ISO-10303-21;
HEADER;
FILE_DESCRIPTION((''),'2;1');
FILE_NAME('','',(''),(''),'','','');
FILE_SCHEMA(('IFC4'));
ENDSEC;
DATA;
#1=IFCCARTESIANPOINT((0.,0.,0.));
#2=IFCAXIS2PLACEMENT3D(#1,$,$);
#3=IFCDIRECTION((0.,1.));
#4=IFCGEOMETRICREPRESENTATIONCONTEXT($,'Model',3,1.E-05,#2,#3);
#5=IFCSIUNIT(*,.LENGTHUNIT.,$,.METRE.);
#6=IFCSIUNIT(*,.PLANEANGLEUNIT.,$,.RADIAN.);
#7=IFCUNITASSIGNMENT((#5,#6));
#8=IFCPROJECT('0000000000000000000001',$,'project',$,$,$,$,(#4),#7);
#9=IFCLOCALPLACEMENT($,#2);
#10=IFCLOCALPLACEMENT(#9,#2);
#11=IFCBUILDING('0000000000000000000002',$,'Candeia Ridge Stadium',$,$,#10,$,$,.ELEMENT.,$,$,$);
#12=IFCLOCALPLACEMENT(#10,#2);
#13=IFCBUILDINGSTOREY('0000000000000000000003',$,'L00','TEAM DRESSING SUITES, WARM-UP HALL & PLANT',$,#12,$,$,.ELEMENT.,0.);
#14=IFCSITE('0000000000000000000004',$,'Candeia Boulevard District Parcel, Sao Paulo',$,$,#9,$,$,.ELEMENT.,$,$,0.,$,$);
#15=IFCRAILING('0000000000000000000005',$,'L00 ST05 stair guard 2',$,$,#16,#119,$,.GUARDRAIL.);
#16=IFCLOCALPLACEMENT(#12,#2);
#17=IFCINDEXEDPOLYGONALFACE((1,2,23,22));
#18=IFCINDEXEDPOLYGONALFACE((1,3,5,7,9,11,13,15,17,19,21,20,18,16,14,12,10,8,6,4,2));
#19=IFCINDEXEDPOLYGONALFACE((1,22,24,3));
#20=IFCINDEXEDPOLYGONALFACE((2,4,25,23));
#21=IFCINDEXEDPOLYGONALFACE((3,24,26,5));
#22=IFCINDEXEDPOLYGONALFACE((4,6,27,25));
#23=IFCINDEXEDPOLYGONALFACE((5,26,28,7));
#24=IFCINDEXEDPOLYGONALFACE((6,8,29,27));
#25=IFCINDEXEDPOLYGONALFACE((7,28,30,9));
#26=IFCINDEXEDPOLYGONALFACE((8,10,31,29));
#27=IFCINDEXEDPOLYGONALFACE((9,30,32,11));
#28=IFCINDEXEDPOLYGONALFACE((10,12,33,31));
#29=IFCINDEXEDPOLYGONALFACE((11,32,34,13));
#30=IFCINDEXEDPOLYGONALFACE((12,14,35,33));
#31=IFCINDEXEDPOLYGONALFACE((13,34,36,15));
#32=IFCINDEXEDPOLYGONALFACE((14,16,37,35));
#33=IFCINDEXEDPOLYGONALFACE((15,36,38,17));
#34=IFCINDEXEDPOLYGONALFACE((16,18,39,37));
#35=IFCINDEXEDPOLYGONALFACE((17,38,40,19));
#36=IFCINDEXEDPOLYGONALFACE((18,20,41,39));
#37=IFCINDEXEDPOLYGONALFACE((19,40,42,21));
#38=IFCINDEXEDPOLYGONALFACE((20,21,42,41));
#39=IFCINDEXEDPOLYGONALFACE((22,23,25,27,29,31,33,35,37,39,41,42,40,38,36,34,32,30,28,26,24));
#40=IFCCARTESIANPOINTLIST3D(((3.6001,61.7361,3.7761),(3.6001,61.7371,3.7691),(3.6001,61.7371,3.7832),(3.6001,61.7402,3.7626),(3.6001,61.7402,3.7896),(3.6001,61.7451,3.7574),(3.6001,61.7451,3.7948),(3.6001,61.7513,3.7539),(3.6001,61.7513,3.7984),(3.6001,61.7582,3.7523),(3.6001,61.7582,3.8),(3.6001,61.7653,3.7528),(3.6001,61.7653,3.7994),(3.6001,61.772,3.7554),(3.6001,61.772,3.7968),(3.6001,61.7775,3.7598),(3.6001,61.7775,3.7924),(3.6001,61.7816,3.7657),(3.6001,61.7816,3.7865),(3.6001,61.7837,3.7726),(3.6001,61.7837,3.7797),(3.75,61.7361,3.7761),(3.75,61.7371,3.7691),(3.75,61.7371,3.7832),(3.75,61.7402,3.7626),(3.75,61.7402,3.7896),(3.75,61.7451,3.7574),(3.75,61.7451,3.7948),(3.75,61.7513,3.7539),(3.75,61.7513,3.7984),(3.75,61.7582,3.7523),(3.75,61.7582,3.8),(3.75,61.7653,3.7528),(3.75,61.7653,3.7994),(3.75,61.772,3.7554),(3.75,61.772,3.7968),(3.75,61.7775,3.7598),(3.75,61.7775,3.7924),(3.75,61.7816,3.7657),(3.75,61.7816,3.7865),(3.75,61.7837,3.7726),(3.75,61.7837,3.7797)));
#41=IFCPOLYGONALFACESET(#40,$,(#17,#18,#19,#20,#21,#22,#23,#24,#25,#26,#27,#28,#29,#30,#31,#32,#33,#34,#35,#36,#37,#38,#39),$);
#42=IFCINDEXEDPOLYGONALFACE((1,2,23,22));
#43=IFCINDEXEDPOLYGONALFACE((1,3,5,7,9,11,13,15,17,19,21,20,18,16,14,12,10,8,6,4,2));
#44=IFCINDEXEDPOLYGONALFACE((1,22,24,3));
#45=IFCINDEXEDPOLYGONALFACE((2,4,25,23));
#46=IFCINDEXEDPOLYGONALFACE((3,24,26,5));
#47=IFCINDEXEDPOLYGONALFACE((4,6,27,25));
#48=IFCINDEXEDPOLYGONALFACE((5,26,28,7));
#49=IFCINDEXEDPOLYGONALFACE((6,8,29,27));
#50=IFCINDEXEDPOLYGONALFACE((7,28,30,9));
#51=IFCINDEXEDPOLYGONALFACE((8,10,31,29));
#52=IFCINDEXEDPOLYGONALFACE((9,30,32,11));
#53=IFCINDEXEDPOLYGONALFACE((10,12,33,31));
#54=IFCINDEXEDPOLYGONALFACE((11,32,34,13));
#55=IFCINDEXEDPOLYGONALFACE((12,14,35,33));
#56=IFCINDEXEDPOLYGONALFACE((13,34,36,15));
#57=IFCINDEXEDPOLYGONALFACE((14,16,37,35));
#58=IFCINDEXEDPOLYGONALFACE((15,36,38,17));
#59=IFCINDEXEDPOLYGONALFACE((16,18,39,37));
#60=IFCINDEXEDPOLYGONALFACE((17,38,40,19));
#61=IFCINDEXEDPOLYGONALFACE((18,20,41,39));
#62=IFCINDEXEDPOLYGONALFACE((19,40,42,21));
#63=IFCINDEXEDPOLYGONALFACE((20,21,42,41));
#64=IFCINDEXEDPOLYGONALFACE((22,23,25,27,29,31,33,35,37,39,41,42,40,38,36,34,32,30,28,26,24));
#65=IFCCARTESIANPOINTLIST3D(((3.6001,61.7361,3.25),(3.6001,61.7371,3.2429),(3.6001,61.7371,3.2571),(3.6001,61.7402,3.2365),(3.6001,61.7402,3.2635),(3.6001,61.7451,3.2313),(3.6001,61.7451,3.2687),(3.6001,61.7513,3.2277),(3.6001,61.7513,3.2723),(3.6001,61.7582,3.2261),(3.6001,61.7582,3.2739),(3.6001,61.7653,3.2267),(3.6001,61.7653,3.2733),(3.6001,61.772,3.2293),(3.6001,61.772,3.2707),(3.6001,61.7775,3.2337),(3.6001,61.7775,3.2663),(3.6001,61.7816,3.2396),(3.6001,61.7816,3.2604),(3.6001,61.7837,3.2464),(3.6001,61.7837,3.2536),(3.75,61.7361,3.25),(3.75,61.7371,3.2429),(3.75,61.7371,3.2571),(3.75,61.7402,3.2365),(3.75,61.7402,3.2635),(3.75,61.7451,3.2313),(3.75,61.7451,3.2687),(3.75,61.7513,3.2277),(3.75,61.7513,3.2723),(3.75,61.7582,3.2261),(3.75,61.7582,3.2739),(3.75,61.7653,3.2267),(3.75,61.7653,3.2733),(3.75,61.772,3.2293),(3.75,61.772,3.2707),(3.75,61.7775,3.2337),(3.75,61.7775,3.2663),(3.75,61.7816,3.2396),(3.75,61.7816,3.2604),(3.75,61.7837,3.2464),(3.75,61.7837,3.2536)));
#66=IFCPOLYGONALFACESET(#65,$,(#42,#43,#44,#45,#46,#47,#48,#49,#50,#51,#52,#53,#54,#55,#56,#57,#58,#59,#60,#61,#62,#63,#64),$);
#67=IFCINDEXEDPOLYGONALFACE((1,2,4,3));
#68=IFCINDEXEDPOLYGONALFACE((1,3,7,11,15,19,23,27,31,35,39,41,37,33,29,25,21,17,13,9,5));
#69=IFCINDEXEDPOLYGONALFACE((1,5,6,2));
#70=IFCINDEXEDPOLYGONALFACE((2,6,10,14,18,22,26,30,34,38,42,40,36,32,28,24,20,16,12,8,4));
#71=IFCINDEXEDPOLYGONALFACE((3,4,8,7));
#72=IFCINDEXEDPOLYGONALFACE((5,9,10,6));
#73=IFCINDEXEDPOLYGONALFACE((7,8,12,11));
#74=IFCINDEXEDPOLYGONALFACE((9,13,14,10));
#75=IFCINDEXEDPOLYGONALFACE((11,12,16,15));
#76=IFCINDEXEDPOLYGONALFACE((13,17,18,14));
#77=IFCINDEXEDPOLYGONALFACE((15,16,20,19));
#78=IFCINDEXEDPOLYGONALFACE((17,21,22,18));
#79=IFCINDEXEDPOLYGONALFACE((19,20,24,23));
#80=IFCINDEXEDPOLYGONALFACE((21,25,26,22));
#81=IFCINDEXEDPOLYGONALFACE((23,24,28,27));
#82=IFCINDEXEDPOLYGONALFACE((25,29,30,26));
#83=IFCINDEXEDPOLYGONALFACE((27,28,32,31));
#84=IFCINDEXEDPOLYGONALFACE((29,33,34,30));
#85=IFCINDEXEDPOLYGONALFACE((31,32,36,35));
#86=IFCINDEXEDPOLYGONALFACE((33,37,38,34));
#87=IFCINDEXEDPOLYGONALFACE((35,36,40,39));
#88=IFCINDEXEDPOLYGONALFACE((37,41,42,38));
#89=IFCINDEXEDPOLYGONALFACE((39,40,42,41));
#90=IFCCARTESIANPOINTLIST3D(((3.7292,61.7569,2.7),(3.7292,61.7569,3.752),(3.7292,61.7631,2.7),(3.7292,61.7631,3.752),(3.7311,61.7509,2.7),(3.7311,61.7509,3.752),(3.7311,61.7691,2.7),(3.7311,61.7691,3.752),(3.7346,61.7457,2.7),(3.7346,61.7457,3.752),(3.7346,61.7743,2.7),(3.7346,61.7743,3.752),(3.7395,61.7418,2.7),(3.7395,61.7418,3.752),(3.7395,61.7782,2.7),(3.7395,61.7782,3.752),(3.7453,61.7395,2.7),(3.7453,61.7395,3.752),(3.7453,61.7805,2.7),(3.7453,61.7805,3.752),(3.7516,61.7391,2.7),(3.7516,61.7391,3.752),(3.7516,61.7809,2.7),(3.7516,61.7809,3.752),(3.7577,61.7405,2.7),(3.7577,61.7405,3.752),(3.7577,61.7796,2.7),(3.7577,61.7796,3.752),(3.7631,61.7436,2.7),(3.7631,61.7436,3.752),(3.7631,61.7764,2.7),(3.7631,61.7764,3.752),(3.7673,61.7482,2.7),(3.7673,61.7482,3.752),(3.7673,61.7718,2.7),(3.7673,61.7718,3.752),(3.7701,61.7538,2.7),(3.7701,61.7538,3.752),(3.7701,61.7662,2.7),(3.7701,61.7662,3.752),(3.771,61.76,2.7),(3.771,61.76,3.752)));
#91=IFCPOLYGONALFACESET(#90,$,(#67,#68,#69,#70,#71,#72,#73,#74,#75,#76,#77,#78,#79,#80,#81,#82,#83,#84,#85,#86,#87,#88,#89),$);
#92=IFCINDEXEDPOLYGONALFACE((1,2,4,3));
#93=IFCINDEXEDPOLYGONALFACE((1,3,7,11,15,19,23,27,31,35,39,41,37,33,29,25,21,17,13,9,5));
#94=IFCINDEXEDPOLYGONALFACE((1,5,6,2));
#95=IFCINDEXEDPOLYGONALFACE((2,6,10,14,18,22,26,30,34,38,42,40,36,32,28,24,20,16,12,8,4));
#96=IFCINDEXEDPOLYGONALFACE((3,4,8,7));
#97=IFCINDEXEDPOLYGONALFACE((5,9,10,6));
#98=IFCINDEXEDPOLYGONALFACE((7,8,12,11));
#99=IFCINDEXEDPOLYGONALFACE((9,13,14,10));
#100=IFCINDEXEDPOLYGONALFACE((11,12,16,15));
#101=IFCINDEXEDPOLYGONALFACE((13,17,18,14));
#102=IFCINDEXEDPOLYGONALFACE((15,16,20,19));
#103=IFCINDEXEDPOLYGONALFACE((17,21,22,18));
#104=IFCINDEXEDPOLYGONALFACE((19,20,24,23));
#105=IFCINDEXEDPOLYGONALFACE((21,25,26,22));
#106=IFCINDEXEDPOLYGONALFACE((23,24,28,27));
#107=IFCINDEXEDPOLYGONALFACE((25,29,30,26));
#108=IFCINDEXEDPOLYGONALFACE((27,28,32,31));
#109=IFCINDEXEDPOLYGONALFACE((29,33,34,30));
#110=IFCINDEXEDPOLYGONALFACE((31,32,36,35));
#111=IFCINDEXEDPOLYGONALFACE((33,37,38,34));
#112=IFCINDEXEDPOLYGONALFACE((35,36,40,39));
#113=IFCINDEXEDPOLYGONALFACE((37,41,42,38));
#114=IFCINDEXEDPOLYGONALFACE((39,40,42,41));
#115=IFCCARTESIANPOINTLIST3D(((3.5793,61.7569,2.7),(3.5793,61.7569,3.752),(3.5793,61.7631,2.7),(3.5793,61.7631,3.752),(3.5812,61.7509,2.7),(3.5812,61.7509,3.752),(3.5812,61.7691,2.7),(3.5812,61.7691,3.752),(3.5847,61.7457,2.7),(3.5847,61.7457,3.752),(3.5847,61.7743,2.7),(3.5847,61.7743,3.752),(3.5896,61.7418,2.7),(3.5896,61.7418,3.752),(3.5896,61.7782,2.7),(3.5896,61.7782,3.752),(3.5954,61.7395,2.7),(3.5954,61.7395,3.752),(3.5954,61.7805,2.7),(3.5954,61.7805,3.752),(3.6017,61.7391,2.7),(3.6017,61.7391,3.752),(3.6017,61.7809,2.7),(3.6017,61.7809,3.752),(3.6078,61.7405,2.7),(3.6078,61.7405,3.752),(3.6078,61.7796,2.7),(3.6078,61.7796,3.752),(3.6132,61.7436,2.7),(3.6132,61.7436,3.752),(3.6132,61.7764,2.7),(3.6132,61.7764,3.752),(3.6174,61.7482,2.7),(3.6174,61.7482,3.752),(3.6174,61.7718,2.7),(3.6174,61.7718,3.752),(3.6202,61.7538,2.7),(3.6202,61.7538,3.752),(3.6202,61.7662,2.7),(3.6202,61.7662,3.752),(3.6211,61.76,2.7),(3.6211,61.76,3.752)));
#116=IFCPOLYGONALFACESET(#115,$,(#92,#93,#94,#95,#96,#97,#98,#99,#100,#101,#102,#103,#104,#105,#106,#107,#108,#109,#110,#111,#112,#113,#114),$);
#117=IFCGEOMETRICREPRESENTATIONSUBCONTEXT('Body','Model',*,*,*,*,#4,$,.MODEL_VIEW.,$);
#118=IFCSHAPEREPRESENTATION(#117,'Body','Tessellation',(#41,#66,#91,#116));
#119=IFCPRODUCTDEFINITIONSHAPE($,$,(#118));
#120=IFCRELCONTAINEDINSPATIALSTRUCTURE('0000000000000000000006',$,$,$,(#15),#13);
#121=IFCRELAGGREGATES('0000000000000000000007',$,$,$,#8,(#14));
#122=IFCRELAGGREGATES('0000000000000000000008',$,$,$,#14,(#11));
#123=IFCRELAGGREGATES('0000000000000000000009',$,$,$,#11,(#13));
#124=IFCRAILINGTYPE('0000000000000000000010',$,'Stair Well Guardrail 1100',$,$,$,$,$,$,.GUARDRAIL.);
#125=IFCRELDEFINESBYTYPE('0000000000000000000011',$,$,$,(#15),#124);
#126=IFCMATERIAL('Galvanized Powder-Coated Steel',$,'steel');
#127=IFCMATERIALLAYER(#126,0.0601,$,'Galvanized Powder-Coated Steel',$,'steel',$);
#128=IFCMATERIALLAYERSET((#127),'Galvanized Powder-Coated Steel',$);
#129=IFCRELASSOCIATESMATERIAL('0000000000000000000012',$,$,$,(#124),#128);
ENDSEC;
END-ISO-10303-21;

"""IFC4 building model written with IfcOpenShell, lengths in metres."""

from ifc_helpers import new_model, si_unit, direction, frame, origin, origin_2d, place, context, subcontext, project, spatial, circle, extrude, material, layer, layer_set, type_object, element, save


model = new_model("IFC4")

# Units and contexts
model_context = context("Model", 3, precision=1e-05, world=origin(), true_north=direction((0.0, 1.0)))
body_context = subcontext(model_context, "Body", "Model", "MODEL_VIEW")
ifc_project = project(units=[si_unit("LENGTHUNIT", "METRE"), si_unit("PLANEANGLEUNIT", "RADIAN")], contexts=[model_context])

# Site, building, storey
site_placement = place(None, origin())
site = spatial("IfcSite", under=ifc_project, at=site_placement, Name="Candeia Boulevard District Parcel, Sao Paulo", CompositionType="ELEMENT", RefElevation=0.0)
building_placement = place(site_placement, origin())
building = spatial("IfcBuilding", under=site, at=building_placement, Name="Candeia Ridge Stadium", CompositionType="ELEMENT")
storey_placement = place(building_placement, origin())
storey = spatial("IfcBuildingStorey", under=building, at=storey_placement, Name="L00", Description="TEAM DRESSING SUITES, WARM-UP HALL & PLANT", CompositionType="ELEMENT", Elevation=0.0)

# Railing
ifc_material_1 = material(Name="Galvanized Powder-Coated Steel", Category="steel")
ifc_layer_1 = layer(ifc_material_1, 0.0601, Name="Galvanized Powder-Coated Steel", Category="steel")
ifc_layer_set_1 = layer_set([ifc_layer_1], Name="Galvanized Powder-Coated Steel")
railing_type_1 = type_object("IfcRailingType", Name="Stair Well Guardrail 1100", PredefinedType="GUARDRAIL", material=ifc_layer_set_1)
railing_1_placement = place(storey_placement, frame((3.75, 61.76, 2.7)))
element("IfcRailing", 1, at=railing_1_placement, inside=storey, type_object=railing_type_1, Name="L00 ST05 stair guard 2", PredefinedType="GUARDRAIL", context=body_context, shape_type="SweptSolid", body=[
    extrude(circle(Radius=0.0239, at=origin_2d()), frame((0.0, 0.0, 1.0762), z_axis=(-1.0, 0.0, 0.0), x_axis=(0.0, -1.0, 0.0)), (0.0, 0.0, 1.0), 0.1499),
    extrude(circle(Radius=0.0239, at=origin_2d()), frame((0.0, 0.0, 0.55), z_axis=(-1.0, 0.0, 0.0), x_axis=(0.0, -1.0, 0.0)), (0.0, 0.0, 1.0), 0.1499),
    extrude(circle(Radius=0.021, at=origin_2d()), origin(), (0.0, 0.0, 1.0), 1.052),
    extrude(circle(Radius=0.021, at=origin_2d()), frame((-0.1499, 0.0, 0.0)), (0.0, 0.0, 1.0), 1.052),
])

save(model, "model.ifc")
